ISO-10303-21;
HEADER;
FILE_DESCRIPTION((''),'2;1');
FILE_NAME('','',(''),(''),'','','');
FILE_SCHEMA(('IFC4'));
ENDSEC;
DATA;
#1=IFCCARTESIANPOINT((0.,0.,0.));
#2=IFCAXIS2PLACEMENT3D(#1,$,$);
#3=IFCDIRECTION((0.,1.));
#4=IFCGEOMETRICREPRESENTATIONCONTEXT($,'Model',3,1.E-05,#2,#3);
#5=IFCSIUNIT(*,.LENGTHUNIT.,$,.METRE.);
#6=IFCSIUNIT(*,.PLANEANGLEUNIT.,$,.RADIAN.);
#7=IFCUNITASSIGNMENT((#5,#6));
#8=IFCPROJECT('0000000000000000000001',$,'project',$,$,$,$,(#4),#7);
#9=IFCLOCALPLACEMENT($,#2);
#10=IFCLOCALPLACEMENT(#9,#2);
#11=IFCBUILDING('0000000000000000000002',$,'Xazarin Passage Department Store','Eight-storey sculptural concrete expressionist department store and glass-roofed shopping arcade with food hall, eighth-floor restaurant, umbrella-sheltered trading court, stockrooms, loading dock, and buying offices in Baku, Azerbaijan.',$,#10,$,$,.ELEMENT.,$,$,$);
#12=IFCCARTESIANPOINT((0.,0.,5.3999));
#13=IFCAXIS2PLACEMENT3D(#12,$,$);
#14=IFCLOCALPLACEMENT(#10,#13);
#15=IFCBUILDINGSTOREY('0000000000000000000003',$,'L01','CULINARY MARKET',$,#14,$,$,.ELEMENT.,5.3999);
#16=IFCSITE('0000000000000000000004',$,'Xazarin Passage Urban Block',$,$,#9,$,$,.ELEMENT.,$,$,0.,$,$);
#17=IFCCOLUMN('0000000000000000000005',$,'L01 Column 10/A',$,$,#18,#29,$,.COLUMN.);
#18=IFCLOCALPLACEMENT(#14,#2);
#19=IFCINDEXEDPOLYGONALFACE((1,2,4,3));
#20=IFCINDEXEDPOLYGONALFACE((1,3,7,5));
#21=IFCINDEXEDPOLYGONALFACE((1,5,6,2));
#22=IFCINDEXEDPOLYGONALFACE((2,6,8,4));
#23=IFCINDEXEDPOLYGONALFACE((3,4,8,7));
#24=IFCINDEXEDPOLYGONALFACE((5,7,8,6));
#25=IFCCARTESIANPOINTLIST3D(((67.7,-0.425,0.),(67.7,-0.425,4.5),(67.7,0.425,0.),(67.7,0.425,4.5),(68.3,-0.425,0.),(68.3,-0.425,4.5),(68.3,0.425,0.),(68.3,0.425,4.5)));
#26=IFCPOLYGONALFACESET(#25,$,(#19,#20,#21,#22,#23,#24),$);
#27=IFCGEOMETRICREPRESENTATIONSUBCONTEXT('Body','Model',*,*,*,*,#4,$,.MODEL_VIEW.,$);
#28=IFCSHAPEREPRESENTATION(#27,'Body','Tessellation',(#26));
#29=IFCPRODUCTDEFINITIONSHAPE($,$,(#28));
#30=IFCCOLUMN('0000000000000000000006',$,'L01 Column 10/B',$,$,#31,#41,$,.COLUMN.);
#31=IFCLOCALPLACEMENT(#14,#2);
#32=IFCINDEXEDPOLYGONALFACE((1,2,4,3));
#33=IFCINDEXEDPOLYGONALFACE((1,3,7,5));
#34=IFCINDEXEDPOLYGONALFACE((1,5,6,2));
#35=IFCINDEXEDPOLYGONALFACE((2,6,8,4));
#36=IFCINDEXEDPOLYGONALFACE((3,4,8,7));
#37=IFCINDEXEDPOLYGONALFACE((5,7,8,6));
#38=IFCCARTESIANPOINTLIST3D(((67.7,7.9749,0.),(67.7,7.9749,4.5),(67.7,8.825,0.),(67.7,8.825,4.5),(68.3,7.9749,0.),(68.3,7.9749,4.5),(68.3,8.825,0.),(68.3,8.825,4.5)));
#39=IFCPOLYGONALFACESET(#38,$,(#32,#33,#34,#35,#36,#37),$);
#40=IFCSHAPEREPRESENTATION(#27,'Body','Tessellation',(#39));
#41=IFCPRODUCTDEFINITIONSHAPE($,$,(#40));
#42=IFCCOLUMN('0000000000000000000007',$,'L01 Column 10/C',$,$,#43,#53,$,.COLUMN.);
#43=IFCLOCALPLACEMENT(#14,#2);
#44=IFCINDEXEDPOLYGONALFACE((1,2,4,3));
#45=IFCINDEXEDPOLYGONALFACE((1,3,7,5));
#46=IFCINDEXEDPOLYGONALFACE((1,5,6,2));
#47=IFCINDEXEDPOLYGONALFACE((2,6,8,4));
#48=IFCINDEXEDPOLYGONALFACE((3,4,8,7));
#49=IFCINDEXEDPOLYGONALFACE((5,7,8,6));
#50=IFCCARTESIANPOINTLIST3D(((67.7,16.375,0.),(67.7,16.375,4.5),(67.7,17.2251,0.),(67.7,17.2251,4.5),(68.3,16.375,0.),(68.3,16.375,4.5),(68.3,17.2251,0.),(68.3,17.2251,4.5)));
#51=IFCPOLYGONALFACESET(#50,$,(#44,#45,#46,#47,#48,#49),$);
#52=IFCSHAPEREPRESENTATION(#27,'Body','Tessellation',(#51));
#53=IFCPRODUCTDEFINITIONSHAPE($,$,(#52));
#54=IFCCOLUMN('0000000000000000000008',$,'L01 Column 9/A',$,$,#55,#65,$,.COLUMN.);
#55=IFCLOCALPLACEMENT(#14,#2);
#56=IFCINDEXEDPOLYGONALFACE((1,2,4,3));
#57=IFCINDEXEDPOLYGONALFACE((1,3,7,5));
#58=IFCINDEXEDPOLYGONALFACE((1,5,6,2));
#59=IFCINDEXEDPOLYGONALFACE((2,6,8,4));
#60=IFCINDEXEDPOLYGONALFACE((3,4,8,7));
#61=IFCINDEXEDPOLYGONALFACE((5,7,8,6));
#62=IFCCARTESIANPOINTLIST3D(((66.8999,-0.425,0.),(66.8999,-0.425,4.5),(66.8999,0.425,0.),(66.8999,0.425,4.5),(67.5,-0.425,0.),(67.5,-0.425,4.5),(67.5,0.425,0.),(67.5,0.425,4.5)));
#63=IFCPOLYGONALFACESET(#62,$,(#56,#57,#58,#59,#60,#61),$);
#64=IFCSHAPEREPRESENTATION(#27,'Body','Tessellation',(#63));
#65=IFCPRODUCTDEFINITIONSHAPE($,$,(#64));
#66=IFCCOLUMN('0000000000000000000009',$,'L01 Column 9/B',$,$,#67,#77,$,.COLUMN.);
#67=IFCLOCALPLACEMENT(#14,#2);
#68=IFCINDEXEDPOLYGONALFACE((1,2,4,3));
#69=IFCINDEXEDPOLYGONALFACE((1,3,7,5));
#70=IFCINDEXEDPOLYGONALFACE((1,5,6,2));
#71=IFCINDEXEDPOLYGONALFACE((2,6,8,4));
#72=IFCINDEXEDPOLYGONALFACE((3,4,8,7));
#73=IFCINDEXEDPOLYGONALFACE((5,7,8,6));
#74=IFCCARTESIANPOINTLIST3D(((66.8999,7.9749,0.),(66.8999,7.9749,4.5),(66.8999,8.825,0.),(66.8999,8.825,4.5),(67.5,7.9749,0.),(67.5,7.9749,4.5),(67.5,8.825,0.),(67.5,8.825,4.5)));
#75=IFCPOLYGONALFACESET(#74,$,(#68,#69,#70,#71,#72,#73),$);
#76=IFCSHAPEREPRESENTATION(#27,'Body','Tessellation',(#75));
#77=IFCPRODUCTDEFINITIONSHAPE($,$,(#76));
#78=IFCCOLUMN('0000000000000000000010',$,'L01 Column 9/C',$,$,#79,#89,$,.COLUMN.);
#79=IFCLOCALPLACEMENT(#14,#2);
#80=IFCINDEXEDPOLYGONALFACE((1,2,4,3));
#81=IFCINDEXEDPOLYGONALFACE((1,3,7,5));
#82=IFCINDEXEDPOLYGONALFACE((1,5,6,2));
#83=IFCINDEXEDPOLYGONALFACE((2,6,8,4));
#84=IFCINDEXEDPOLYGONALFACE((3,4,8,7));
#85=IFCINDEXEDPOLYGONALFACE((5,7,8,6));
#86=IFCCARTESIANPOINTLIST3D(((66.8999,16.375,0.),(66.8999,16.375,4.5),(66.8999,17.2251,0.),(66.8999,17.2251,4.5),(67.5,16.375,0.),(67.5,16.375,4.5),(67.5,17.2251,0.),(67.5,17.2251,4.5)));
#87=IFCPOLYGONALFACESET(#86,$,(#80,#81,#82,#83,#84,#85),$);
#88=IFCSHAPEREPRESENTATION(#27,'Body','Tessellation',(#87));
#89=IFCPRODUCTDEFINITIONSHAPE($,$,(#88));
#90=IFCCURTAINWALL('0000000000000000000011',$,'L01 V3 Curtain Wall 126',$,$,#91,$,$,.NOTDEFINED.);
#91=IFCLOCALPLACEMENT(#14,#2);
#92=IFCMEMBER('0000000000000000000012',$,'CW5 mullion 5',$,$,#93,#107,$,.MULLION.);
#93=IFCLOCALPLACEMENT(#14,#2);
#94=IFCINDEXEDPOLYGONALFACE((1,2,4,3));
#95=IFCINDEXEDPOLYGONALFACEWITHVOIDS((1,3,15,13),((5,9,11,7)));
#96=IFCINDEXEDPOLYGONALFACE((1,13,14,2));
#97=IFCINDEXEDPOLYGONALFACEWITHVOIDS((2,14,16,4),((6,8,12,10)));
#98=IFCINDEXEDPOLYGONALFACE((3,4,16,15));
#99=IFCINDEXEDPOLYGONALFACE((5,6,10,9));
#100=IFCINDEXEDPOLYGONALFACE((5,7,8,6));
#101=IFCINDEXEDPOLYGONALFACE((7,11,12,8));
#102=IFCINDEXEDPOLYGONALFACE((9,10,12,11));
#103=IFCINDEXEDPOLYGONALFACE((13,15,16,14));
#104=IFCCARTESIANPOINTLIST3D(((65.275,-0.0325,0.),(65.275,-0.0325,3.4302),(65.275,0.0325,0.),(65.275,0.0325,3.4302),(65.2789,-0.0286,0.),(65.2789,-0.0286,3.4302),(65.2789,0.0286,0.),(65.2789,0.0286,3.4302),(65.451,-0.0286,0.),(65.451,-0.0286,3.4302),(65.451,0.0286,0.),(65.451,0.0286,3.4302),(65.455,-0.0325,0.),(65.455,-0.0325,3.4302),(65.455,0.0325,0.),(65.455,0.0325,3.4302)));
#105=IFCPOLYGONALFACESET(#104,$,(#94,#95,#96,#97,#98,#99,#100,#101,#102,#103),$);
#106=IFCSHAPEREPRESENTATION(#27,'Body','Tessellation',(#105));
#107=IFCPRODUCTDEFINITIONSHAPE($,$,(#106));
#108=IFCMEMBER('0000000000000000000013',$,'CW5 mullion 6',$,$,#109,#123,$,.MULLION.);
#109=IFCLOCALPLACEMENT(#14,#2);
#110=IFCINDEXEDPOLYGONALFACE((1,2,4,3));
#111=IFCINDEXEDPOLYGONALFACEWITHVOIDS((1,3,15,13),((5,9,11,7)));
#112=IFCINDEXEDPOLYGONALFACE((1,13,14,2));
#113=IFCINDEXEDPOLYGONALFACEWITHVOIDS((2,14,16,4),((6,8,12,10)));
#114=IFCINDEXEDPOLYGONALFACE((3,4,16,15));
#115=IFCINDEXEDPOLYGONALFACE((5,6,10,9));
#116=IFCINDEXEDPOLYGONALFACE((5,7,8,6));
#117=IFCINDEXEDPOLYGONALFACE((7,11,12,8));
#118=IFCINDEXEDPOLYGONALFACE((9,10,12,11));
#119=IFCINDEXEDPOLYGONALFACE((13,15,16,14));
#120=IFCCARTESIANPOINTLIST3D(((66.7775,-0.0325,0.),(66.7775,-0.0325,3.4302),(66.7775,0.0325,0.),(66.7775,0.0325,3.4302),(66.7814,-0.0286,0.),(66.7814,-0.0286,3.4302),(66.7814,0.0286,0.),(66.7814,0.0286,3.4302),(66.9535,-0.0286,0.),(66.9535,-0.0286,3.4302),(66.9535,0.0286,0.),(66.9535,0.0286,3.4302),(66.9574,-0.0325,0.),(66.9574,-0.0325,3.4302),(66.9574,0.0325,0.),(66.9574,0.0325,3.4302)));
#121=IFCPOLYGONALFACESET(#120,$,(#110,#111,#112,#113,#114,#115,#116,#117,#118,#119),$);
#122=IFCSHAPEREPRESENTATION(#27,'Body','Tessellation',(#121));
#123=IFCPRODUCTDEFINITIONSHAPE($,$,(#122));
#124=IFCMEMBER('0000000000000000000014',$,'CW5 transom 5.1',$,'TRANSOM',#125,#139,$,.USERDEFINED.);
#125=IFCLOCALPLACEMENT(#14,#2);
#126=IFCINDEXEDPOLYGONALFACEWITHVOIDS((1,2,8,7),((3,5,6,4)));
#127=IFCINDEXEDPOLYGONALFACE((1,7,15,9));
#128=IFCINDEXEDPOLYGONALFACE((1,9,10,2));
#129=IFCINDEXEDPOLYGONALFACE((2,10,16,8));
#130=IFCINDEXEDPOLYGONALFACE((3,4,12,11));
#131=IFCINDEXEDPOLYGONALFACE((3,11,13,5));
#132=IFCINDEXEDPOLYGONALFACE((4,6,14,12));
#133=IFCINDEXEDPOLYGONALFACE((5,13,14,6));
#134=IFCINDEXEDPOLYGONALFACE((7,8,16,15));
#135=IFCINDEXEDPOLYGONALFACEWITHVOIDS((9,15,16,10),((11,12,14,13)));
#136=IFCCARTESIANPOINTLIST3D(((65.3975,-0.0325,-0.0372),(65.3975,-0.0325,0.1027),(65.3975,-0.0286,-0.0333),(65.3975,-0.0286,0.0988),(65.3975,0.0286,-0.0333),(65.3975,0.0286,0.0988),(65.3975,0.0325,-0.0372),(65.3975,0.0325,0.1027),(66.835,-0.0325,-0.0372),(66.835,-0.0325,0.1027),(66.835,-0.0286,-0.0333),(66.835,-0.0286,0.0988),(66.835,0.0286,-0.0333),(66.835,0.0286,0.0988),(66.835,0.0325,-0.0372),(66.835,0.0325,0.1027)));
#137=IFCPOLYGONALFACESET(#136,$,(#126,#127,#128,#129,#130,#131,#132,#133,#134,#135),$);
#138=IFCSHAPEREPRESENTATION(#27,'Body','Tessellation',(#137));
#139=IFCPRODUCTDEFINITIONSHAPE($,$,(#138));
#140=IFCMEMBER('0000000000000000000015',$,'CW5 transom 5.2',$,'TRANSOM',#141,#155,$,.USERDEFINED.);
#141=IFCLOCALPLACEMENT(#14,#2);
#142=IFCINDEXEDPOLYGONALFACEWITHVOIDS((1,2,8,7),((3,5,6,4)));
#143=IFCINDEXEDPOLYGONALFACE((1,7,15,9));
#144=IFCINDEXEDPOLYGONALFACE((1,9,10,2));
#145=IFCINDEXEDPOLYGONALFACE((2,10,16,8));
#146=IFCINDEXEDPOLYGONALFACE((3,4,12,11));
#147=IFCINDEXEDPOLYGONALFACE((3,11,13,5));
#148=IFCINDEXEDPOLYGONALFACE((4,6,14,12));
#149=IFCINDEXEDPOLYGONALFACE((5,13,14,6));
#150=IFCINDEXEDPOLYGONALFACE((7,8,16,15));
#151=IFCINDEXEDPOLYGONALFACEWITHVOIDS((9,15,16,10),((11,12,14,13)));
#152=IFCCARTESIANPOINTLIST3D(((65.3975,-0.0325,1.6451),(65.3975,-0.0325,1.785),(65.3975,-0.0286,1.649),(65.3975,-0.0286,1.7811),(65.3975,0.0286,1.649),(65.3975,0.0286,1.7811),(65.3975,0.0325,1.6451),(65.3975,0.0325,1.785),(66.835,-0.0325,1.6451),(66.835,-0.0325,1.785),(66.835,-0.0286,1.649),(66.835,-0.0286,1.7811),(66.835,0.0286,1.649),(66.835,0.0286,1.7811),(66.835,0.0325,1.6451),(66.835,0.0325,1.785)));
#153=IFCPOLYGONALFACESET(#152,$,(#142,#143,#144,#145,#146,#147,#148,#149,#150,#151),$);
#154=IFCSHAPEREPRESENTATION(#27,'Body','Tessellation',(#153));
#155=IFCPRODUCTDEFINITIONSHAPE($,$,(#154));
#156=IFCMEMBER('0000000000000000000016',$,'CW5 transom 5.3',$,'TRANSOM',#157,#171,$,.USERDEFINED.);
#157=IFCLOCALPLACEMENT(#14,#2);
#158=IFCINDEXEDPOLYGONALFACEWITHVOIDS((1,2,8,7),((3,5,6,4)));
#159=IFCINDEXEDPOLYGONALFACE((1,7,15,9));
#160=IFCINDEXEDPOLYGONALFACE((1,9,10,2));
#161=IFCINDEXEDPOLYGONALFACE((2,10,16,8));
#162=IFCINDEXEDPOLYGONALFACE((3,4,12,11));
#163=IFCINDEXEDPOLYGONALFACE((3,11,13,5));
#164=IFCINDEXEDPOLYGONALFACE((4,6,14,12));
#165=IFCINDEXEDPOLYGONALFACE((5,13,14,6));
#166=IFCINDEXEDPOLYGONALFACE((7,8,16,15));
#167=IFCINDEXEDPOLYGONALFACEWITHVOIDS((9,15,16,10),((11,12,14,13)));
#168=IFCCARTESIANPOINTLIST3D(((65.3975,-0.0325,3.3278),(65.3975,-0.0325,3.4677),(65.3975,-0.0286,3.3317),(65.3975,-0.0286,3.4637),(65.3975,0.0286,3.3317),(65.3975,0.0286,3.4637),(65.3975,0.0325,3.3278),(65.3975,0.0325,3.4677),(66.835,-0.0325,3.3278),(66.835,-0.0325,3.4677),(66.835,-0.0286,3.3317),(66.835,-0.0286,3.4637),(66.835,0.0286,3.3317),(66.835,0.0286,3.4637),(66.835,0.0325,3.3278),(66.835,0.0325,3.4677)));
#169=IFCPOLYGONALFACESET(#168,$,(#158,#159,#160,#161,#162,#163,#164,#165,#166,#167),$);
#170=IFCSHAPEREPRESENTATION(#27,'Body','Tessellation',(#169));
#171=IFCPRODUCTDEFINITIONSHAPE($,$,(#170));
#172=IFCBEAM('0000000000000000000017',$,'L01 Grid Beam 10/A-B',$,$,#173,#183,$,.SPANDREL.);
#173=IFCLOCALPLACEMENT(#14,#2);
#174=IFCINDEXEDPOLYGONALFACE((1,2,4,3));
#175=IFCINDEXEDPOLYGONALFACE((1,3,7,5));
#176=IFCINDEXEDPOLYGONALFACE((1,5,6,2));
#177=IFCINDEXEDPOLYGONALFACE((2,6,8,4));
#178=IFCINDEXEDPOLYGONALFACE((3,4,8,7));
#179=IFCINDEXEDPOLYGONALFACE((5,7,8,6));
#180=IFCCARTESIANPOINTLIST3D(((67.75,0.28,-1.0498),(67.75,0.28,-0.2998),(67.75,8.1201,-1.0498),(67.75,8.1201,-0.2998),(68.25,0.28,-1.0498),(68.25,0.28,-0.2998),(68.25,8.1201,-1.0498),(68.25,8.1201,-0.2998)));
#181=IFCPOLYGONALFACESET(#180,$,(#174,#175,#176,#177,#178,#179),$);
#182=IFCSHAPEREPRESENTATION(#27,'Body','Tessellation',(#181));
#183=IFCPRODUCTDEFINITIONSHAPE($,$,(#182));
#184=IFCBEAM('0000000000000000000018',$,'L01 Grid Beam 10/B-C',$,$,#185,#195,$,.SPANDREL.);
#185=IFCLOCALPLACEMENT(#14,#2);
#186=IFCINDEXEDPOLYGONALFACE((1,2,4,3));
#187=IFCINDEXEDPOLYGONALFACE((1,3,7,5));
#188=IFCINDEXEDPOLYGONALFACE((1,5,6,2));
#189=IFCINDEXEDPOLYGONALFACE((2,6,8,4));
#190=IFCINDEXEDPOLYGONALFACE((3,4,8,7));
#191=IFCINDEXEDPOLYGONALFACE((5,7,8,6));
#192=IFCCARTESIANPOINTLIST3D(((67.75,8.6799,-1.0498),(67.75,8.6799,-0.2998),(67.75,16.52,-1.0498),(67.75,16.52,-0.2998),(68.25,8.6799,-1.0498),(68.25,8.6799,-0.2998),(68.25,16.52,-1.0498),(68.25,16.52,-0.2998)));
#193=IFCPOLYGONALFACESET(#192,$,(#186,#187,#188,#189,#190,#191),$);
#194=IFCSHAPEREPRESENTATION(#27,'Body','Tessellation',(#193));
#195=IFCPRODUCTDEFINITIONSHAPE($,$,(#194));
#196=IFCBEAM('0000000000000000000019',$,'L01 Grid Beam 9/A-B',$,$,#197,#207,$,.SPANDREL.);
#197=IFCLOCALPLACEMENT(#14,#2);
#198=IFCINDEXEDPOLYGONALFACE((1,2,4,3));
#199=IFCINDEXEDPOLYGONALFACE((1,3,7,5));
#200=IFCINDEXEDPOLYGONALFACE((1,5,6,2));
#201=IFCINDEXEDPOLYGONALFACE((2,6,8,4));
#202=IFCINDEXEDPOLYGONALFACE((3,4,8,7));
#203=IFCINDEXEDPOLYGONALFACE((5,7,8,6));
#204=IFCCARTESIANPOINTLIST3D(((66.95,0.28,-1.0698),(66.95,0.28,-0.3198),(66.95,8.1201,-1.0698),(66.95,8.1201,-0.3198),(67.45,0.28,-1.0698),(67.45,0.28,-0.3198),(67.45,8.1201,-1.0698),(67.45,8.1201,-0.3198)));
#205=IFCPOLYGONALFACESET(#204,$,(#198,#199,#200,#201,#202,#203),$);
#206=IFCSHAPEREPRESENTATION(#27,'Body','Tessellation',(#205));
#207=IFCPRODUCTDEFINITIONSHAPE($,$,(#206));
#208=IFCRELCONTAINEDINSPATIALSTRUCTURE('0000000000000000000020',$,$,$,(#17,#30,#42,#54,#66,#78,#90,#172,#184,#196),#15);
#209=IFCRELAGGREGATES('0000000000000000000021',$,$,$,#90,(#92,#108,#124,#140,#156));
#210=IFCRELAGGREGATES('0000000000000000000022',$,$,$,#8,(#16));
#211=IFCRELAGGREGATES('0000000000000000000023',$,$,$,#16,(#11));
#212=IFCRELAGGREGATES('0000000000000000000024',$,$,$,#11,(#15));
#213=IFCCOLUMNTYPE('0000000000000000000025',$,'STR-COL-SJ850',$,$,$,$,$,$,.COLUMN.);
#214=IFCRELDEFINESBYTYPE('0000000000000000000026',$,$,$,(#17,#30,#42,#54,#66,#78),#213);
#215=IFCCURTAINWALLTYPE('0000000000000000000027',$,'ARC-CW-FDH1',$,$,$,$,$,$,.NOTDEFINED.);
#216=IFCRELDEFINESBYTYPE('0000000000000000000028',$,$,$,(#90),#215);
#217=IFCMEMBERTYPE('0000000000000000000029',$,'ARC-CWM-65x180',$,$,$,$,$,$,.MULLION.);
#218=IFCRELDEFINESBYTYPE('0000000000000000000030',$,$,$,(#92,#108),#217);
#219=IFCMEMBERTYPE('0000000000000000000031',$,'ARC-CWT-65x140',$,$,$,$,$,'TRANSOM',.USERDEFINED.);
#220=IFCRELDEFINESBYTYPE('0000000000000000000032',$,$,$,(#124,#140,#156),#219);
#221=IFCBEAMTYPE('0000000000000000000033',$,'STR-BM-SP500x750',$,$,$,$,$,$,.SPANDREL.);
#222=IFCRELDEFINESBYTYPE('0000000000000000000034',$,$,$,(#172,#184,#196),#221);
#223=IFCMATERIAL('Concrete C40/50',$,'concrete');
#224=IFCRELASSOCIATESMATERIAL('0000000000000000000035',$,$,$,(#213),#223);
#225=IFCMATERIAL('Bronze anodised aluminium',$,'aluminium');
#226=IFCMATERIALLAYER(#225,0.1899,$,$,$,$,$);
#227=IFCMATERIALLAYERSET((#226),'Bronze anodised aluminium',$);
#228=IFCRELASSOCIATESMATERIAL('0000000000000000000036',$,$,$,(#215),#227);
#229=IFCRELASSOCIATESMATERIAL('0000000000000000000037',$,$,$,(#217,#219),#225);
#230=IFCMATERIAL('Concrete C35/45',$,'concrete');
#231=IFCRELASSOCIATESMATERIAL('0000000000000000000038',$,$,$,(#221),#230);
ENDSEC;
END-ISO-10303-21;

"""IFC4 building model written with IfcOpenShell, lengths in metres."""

from ifc_helpers import new_model, si_unit, direction, frame, origin, origin_2d, place, context, subcontext, project, spatial, rectangle, hollow_rectangle, extrude, material, layer, layer_set, material_profile, profile_set, type_object, element, aggregate, save


model = new_model("IFC4")

# Units and contexts
model_context = context("Model", 3, precision=1e-05, world=origin(), true_north=direction((0.0, 1.0)))
body_context = subcontext(model_context, "Body", "Model", "MODEL_VIEW")
ifc_project = project(units=[si_unit("LENGTHUNIT", "METRE"), si_unit("PLANEANGLEUNIT", "RADIAN")], contexts=[model_context])

# Site, building, storey
site_placement = place(None, origin())
site = spatial("IfcSite", under=ifc_project, at=site_placement, Name="Xazarin Passage Urban Block", CompositionType="ELEMENT", RefElevation=0.0)
building_placement = place(site_placement, origin())
building = spatial("IfcBuilding", under=site, at=building_placement, Name="Xazarin Passage Department Store", Description="Eight-storey sculptural concrete expressionist department store and glass-roofed shopping arcade with food hall, eighth-floor restaurant, umbrella-sheltered trading court, stockrooms, loading dock, and buying offices in Baku, Azerbaijan.", CompositionType="ELEMENT")
storey_placement = place(building_placement, frame((0.0, 0.0, 5.3999)))
storey = spatial("IfcBuildingStorey", under=building, at=storey_placement, Name="L01", Description="CULINARY MARKET", CompositionType="ELEMENT", Elevation=5.3999)

# Columns
ifc_material_1 = material(Name="Concrete C40/50", Category="concrete")
ifc_material_profile_1 = material_profile(ifc_material_1, rectangle(XDim=0.6001, YDim=0.8501, at=origin_2d()), Name="RC 600x850")
ifc_profile_set_1 = profile_set([ifc_material_profile_1], Name="Concrete C40/50")
column_type = type_object("IfcColumnType", Name="STR-COL-SJ850", PredefinedType="COLUMN", material=ifc_profile_set_1)
for number, where, z_axis, x_axis, name in (
    (1, (68.0, 0.0, 0.0), (0.0, 0.0, 1.0), (1.0, 0.0, 0.0), "L01 Column 10/A"),
    (2, (68.0, 8.3999, 0.0), (0.0, 0.0, 1.0), (1.0, 0.0, 0.0), "L01 Column 10/B"),
    (3, (68.0, 16.8, 0.0), (0.0, 0.0, 1.0), (1.0, 0.0, 0.0), "L01 Column 10/C"),
    (4, (67.2, 0.0, 0.0), (0.0, 0.0, 1.0), (1.0, 0.0, 0.0), "L01 Column 9/A"),
    (5, (67.2, 8.3999, 0.0), (0.0, 0.0, 1.0), (1.0, 0.0, 0.0), "L01 Column 9/B"),
    (6, (67.2, 16.8, 0.0), (0.0, 0.0, 1.0), (1.0, 0.0, 0.0), "L01 Column 9/C"),
):
    element("IfcColumn", number, at=place(storey_placement, frame(where, z_axis=z_axis, x_axis=x_axis)), inside=storey, type_object=column_type, Name=name, PredefinedType="COLUMN", context=body_context, shape_type="SweptSolid", body=[
        extrude(rectangle(XDim=0.6001, YDim=0.8501, at=origin_2d()), origin(), (0.0, 0.0, 1.0), 4.5),
    ])

# Curtain wall, members
ifc_material_2 = material(Name="Bronze anodised aluminium", Category="aluminium")
ifc_layer_1 = layer(ifc_material_2, 0.1899)
ifc_layer_set_1 = layer_set([ifc_layer_1], Name="Bronze anodised aluminium")
curtain_wall_type = type_object("IfcCurtainWallType", Name="ARC-CW-FDH1", PredefinedType="NOTDEFINED", material=ifc_layer_set_1)
curtain_wall_placement = place(storey_placement, origin())
curtain_wall = element("IfcCurtainWall", 7, at=curtain_wall_placement, inside=storey, type_object=curtain_wall_type, Name="L01 V3 Curtain Wall 126", PredefinedType="NOTDEFINED")
ifc_material_profile_2 = material_profile(ifc_material_2, hollow_rectangle(XDim=0.0649, YDim=0.1799, WallThickness=0.0039, at=origin_2d()), Name="ALU 65x180")
ifc_profile_set_2 = profile_set([ifc_material_profile_2], Name="Bronze anodised aluminium")
member_type_1 = type_object("IfcMemberType", Name="ARC-CWM-65x180", PredefinedType="MULLION", material=ifc_profile_set_2)
member_1_placement = place(storey_placement, frame((65.365, 0.0, 0.0), z_axis=(0.0, 0.0, 1.0), x_axis=(0.0, 1.0, 0.0)))
member_1 = element("IfcMember", 8, at=member_1_placement, type_object=member_type_1, Name="CW5 mullion 5", PredefinedType="MULLION", context=body_context, shape_type="SweptSolid", body=[
    extrude(hollow_rectangle(XDim=0.0649, YDim=0.1799, WallThickness=0.0039, at=origin_2d()), origin(), (0.0, 0.0, 1.0), 3.4302),
])
member_2_placement = place(storey_placement, frame((66.8674, 0.0, 0.0), z_axis=(0.0, 0.0, 1.0), x_axis=(0.0, 1.0, 0.0)))
member_2 = element("IfcMember", 9, at=member_2_placement, type_object=member_type_1, Name="CW5 mullion 6", PredefinedType="MULLION", context=body_context, shape_type="SweptSolid", body=[
    extrude(hollow_rectangle(XDim=0.0649, YDim=0.1799, WallThickness=0.0039, at=origin_2d()), origin(), (0.0, 0.0, 1.0), 3.4302),
])
ifc_material_profile_3 = material_profile(ifc_material_2, hollow_rectangle(XDim=0.0649, YDim=0.1399, WallThickness=0.0039, at=origin_2d()), Name="ALU 65x140")
ifc_profile_set_3 = profile_set([ifc_material_profile_3], Name="Bronze anodised aluminium")
member_type_2 = type_object("IfcMemberType", Name="ARC-CWT-65x140", ElementType="TRANSOM", PredefinedType="USERDEFINED", material=ifc_profile_set_3)
member_3_placement = place(storey_placement, frame((65.3975, 0.0, 0.0327), z_axis=(1.0, 0.0, 0.0), x_axis=(0.0, 1.0, 0.0)))
member_3 = element("IfcMember", 10, at=member_3_placement, type_object=member_type_2, Name="CW5 transom 5.1", ObjectType="TRANSOM", PredefinedType="USERDEFINED", context=body_context, shape_type="SweptSolid", body=[
    extrude(hollow_rectangle(XDim=0.0649, YDim=0.1399, WallThickness=0.0039, at=origin_2d()), origin(), (0.0, 0.0, 1.0), 1.4375),
])
member_4_placement = place(storey_placement, frame((65.3975, 0.0, 1.7151), z_axis=(1.0, 0.0, 0.0), x_axis=(0.0, 1.0, 0.0)))
member_4 = element("IfcMember", 11, at=member_4_placement, type_object=member_type_2, Name="CW5 transom 5.2", ObjectType="TRANSOM", PredefinedType="USERDEFINED", context=body_context, shape_type="SweptSolid", body=[
    extrude(hollow_rectangle(XDim=0.0649, YDim=0.1399, WallThickness=0.0039, at=origin_2d()), origin(), (0.0, 0.0, 1.0), 1.4375),
])
member_5_placement = place(storey_placement, frame((65.3975, 0.0, 3.3977), z_axis=(1.0, 0.0, 0.0), x_axis=(0.0, 1.0, 0.0)))
member_5 = element("IfcMember", 12, at=member_5_placement, type_object=member_type_2, Name="CW5 transom 5.3", ObjectType="TRANSOM", PredefinedType="USERDEFINED", context=body_context, shape_type="SweptSolid", body=[
    extrude(hollow_rectangle(XDim=0.0649, YDim=0.1399, WallThickness=0.0039, at=origin_2d()), origin(), (0.0, 0.0, 1.0), 1.4375),
])

# Beams
ifc_material_3 = material(Name="Concrete C35/45", Category="concrete")
ifc_material_profile_4 = material_profile(ifc_material_3, rectangle(XDim=0.5, YDim=0.75, at=origin_2d()), Name="RC 500x750")
ifc_profile_set_4 = profile_set([ifc_material_profile_4], Name="Concrete C35/45")
beam_type = type_object("IfcBeamType", Name="STR-BM-SP500x750", PredefinedType="SPANDREL", material=ifc_profile_set_4)
for number, where, z_axis, x_axis, name in (
    (13, (68.0, 0.28, -0.6748), (0.0, 1.0, 0.0), (-1.0, 0.0, 0.0), "L01 Grid Beam 10/A-B"),
    (14, (68.0, 8.6799, -0.6748), (0.0, 1.0, 0.0), (-1.0, 0.0, 0.0), "L01 Grid Beam 10/B-C"),
    (15, (67.2, 0.28, -0.6948), (0.0, 1.0, 0.0), (-1.0, 0.0, 0.0), "L01 Grid Beam 9/A-B"),
):
    element("IfcBeam", number, at=place(storey_placement, frame(where, z_axis=z_axis, x_axis=x_axis)), inside=storey, type_object=beam_type, Name=name, PredefinedType="SPANDREL", context=body_context, shape_type="SweptSolid", body=[
        extrude(rectangle(XDim=0.5, YDim=0.75, at=origin_2d()), origin(), (0.0, 0.0, 1.0), 7.8401),
    ])

aggregate(curtain_wall, [member_1, member_2, member_3, member_4, member_5])

save(model, "model.ifc")
